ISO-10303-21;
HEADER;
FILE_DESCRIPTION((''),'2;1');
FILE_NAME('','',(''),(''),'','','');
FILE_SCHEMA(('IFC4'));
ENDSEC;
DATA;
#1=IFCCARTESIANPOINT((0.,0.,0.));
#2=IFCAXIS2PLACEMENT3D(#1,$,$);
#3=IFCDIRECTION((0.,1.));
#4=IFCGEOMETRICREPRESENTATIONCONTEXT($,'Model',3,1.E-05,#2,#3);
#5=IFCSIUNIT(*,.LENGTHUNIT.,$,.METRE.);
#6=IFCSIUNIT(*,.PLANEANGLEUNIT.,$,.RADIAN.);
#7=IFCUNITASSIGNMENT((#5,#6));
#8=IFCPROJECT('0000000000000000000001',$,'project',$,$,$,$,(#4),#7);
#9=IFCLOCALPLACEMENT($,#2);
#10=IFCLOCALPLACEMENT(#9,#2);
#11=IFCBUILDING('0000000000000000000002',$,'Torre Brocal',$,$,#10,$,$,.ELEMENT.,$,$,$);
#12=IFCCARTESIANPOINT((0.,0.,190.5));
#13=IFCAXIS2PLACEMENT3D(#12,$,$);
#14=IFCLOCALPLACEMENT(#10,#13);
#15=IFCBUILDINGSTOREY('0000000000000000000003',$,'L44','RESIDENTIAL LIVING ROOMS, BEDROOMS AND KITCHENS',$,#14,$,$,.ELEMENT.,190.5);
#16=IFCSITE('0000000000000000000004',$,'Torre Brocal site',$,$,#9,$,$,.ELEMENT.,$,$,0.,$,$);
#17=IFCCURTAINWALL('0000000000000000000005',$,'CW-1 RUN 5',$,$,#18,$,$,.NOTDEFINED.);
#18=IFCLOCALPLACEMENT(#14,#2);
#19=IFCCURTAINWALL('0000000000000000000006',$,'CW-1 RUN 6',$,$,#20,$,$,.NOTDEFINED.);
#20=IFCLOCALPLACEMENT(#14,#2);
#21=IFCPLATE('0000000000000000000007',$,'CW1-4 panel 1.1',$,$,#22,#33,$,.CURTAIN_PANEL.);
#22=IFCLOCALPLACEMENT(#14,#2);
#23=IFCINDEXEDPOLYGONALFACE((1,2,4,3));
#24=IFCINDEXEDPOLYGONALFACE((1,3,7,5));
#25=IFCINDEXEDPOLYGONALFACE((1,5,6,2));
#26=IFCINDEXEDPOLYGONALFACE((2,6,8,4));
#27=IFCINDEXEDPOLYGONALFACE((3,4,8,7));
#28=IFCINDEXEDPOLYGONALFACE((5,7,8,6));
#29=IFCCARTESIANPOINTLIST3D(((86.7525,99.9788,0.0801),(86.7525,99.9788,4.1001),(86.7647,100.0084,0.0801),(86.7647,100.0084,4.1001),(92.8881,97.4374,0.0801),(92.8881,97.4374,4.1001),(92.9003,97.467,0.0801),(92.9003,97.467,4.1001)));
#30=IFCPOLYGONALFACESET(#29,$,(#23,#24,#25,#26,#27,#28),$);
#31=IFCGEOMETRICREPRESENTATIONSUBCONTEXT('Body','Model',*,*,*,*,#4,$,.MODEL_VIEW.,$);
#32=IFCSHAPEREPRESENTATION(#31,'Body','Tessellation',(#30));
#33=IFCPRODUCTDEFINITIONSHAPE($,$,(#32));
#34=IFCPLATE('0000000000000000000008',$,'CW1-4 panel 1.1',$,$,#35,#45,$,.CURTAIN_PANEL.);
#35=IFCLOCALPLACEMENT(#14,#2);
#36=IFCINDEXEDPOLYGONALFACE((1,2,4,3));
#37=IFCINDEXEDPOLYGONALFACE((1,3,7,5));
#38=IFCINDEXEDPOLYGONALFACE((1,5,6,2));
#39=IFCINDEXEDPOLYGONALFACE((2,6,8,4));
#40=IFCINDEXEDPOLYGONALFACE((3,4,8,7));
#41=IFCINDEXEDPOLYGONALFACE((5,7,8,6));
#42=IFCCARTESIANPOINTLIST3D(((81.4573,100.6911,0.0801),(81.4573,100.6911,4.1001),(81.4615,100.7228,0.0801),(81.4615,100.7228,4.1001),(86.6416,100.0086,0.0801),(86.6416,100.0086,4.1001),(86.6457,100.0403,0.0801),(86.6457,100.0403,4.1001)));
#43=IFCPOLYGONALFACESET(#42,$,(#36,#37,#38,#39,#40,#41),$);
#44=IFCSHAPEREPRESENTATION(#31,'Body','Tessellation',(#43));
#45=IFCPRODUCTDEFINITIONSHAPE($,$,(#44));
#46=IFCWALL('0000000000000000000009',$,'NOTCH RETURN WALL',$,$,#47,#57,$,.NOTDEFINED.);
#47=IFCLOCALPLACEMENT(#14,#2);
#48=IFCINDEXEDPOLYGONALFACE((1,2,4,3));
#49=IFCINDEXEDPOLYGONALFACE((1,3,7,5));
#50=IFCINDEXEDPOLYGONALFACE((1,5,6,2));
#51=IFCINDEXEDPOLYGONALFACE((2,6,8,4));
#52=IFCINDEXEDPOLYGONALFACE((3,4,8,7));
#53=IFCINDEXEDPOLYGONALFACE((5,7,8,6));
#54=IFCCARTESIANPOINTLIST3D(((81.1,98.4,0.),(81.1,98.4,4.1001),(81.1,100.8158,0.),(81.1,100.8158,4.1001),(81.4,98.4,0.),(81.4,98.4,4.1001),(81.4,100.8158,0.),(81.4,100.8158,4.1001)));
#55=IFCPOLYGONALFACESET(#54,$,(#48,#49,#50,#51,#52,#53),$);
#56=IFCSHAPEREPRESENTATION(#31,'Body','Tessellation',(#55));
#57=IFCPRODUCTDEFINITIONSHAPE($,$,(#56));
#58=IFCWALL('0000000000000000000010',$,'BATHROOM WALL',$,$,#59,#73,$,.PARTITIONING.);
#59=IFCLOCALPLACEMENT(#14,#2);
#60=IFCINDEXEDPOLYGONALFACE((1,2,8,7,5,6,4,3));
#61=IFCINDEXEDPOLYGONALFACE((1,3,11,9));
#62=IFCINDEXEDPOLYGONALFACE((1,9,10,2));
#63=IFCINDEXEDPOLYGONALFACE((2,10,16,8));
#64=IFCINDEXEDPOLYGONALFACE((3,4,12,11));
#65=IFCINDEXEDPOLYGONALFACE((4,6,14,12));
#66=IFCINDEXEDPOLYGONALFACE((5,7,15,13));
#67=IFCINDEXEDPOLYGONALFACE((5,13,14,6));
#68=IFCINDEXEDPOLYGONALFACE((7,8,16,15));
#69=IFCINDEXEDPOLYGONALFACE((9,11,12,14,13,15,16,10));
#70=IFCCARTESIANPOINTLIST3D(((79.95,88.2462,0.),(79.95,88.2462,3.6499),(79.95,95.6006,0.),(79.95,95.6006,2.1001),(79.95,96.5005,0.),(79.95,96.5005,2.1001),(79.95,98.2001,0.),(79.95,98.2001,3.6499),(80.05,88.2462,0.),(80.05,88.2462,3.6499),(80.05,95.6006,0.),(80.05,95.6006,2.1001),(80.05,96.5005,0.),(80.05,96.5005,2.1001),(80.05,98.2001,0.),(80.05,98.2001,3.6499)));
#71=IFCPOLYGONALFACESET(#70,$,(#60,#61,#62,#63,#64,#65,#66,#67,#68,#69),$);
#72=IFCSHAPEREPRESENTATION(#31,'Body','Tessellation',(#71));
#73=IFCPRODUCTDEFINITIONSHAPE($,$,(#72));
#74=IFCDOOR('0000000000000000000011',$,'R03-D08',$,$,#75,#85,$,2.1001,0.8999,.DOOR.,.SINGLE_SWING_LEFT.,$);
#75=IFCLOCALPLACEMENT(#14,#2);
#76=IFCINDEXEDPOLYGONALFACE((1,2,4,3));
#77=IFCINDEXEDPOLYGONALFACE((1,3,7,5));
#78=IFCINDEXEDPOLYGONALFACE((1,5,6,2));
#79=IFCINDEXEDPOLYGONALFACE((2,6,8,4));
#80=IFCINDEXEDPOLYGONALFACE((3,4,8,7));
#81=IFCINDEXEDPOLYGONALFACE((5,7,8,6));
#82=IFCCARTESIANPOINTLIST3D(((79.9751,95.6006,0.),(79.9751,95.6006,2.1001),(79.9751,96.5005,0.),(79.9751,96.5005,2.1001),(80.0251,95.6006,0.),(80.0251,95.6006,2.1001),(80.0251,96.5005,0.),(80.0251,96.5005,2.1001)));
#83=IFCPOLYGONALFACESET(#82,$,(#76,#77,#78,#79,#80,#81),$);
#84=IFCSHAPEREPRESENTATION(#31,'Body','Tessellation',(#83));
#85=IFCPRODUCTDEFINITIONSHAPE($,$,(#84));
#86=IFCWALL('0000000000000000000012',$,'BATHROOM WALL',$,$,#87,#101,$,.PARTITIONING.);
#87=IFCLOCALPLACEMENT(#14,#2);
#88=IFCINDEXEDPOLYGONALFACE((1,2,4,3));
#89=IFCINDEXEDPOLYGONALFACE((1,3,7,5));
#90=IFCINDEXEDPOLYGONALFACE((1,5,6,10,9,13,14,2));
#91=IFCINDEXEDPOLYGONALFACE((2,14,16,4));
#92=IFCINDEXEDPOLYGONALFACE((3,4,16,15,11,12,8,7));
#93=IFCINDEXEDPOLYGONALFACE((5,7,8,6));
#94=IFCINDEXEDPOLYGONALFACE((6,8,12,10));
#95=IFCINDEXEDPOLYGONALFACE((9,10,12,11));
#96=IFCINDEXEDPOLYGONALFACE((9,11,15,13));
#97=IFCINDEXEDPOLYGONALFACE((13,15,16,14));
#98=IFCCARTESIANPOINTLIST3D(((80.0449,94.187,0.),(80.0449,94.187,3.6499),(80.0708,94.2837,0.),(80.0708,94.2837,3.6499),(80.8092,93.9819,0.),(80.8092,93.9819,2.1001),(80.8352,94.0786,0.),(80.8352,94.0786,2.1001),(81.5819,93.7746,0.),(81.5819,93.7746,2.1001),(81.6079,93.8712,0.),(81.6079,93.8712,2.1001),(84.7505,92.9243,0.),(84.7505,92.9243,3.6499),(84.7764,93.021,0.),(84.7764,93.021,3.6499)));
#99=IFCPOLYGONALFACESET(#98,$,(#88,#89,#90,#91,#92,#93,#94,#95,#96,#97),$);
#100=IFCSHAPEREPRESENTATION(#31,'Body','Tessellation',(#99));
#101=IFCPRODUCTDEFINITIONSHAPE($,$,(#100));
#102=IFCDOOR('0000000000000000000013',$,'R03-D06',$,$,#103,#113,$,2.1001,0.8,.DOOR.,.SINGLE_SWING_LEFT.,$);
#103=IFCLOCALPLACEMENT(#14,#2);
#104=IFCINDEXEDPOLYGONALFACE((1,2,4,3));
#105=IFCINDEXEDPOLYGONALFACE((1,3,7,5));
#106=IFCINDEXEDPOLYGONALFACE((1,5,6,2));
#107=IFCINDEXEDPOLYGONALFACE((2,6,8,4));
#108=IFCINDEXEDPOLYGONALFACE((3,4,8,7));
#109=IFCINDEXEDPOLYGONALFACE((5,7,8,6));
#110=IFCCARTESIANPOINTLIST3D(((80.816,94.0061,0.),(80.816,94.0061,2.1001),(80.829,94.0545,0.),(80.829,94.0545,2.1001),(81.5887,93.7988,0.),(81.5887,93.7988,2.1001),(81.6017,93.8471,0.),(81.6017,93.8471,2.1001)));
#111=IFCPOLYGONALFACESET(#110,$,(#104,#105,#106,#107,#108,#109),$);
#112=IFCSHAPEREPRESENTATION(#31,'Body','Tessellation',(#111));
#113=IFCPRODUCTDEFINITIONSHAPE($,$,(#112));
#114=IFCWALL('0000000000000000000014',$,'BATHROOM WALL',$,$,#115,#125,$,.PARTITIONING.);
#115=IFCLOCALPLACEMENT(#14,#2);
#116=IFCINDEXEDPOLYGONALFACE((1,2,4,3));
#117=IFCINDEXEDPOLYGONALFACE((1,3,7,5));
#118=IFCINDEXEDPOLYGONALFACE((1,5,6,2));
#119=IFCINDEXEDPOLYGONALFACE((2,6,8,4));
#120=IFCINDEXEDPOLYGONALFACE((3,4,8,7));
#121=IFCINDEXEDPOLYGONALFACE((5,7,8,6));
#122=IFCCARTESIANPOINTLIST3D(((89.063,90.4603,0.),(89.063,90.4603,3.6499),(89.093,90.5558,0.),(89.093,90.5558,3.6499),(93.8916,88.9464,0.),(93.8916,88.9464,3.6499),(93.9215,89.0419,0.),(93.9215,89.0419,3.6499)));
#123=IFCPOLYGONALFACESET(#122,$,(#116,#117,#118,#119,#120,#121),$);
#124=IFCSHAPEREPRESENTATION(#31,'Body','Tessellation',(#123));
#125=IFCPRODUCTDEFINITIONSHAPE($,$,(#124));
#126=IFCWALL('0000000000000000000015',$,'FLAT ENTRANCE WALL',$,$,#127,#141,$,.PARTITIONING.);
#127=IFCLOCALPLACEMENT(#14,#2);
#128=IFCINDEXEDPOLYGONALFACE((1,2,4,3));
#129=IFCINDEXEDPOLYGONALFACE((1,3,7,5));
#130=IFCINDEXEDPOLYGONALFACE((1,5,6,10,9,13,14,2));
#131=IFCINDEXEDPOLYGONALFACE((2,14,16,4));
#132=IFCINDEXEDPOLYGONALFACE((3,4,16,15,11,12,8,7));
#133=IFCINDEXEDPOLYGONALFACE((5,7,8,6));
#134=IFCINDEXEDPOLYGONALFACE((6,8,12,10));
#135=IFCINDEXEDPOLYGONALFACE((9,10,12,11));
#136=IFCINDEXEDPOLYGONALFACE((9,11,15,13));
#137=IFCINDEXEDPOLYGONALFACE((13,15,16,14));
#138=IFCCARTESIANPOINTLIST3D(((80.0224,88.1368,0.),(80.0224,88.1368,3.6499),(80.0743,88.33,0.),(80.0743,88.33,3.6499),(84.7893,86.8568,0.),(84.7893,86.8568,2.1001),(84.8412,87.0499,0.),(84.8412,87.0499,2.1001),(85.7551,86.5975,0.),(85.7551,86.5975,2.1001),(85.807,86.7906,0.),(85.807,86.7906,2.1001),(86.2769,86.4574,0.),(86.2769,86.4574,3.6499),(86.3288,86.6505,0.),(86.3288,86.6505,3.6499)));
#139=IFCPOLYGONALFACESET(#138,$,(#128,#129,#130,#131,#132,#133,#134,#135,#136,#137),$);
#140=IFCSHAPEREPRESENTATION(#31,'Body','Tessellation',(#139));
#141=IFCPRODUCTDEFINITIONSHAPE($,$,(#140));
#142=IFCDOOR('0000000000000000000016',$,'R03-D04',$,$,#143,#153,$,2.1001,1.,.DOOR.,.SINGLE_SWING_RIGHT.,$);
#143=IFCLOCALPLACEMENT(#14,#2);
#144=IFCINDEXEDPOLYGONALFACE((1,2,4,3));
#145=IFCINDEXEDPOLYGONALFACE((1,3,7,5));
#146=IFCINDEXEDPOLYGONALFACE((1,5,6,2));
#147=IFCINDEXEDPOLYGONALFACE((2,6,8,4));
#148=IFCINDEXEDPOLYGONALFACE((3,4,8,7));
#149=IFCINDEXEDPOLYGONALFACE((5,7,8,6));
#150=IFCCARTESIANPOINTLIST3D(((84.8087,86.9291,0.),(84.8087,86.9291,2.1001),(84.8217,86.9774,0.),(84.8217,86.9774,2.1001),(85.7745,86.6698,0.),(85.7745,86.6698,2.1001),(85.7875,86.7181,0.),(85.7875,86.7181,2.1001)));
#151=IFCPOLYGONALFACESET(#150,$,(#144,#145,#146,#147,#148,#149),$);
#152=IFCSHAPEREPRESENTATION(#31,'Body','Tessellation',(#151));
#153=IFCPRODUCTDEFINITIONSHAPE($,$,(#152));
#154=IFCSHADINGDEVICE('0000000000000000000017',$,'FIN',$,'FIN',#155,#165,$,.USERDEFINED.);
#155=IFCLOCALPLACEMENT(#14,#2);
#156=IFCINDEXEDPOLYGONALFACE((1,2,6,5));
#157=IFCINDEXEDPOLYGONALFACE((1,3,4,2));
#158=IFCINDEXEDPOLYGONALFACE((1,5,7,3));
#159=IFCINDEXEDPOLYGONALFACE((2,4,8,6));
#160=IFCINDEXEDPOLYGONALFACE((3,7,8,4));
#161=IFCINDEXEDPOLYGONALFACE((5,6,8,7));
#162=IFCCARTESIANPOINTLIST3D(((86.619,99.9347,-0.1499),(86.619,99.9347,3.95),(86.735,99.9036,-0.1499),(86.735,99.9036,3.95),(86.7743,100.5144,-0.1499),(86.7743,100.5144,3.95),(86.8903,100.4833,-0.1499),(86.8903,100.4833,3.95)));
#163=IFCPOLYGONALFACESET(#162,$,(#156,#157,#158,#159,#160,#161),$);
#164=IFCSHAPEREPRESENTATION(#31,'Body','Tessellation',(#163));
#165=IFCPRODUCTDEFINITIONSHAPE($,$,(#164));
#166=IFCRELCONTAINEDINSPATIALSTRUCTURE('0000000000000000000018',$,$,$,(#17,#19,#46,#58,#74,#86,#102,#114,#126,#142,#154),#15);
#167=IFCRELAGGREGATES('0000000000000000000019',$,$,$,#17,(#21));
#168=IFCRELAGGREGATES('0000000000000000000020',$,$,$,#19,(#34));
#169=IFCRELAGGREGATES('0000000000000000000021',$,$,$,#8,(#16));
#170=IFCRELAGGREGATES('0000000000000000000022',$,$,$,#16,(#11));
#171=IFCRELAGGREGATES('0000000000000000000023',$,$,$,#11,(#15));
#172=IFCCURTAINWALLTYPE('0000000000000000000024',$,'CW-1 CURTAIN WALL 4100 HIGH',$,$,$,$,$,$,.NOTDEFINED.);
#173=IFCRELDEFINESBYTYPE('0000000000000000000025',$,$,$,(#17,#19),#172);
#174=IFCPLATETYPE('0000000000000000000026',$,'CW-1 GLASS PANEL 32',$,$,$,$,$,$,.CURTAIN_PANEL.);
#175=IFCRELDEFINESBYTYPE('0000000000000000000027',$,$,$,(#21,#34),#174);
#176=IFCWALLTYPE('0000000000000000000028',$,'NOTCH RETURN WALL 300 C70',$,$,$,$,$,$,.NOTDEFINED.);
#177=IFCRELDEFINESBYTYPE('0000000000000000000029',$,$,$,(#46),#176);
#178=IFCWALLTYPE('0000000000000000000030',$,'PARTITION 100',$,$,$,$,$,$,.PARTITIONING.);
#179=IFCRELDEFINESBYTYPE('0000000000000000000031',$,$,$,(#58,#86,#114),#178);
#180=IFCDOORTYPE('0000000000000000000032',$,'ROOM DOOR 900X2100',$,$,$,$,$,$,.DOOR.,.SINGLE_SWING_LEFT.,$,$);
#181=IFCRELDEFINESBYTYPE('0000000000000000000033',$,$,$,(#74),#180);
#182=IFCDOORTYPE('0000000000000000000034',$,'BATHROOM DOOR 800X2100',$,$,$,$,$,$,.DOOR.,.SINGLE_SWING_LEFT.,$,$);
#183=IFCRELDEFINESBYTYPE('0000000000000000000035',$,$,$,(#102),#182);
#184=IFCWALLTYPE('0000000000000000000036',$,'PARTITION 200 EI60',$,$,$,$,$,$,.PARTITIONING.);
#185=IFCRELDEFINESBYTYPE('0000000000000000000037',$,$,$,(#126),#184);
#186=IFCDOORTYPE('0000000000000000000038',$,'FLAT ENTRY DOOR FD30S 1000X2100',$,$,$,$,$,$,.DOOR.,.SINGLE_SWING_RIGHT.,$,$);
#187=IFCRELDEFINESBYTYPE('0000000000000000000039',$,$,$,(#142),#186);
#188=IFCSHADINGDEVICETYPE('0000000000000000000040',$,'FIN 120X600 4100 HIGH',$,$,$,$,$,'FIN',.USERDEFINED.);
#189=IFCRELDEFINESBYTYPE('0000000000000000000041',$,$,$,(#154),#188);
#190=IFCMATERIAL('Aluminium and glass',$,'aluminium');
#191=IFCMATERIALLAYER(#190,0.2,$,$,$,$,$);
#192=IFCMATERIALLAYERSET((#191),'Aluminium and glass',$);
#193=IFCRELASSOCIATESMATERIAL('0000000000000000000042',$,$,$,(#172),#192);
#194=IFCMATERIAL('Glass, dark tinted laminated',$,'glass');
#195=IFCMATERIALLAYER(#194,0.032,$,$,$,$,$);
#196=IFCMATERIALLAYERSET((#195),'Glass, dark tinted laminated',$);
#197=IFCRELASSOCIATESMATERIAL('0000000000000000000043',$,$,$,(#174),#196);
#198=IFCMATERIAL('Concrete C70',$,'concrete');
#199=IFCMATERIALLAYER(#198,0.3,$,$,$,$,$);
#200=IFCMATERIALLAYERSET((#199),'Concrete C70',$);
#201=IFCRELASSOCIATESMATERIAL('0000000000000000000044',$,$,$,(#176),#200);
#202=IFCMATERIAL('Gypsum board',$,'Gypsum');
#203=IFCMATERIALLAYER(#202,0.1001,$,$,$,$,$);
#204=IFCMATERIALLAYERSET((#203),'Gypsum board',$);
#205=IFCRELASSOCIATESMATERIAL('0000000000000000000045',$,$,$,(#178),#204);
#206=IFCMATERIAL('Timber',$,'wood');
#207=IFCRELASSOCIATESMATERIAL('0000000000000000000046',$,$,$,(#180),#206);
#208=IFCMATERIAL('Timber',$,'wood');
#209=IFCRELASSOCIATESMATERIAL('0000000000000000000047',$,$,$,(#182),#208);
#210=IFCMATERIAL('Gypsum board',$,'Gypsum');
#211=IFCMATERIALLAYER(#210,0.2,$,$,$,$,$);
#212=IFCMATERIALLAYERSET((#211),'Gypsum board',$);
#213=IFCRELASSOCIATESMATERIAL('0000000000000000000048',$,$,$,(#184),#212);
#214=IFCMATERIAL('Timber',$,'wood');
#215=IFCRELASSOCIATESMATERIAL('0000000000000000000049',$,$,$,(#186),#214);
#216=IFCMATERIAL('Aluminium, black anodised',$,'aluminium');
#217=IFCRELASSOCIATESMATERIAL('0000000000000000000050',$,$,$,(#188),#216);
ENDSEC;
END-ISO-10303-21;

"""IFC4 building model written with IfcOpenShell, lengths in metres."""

from ifc_helpers import new_model, si_unit, direction, frame, frame_2d, origin, origin_2d, place, context, subcontext, project, spatial, rectangle, extrude, material, layer, layer_set, material_profile, profile_set, type_object, element, fill, aggregate, save


model = new_model("IFC4")

# Units and contexts
model_context = context("Model", 3, precision=1e-05, world=origin(), true_north=direction((0.0, 1.0)))
body_context = subcontext(model_context, "Body", "Model", "MODEL_VIEW")
ifc_project = project(units=[si_unit("LENGTHUNIT", "METRE"), si_unit("PLANEANGLEUNIT", "RADIAN")], contexts=[model_context])

# Site, building, storey
site_placement = place(None, origin())
site = spatial("IfcSite", under=ifc_project, at=site_placement, Name="Torre Brocal site", CompositionType="ELEMENT", RefElevation=0.0)
building_placement = place(site_placement, origin())
building = spatial("IfcBuilding", under=site, at=building_placement, Name="Torre Brocal", CompositionType="ELEMENT")
storey_placement = place(building_placement, frame((0.0, 0.0, 190.5)))
storey = spatial("IfcBuildingStorey", under=building, at=storey_placement, Name="L44", Description="RESIDENTIAL LIVING ROOMS, BEDROOMS AND KITCHENS", CompositionType="ELEMENT", Elevation=190.5)

# Curtain wall
ifc_material_1 = material(Name="Aluminium and glass", Category="aluminium")
ifc_layer_1 = layer(ifc_material_1, 0.2)
ifc_layer_set_1 = layer_set([ifc_layer_1], Name="Aluminium and glass")
curtain_wall_type = type_object("IfcCurtainWallType", Name="CW-1 CURTAIN WALL 4100 HIGH", PredefinedType="NOTDEFINED", material=ifc_layer_set_1)
curtain_wall_1_placement = place(storey_placement, origin())
curtain_wall_1 = element("IfcCurtainWall", 1, at=curtain_wall_1_placement, inside=storey, type_object=curtain_wall_type, Name="CW-1 RUN 5", PredefinedType="NOTDEFINED")

# Curtain wall
curtain_wall_2_placement = place(storey_placement, origin())
curtain_wall_2 = element("IfcCurtainWall", 2, at=curtain_wall_2_placement, inside=storey, type_object=curtain_wall_type, Name="CW-1 RUN 6", PredefinedType="NOTDEFINED")

# Plates
ifc_material_2 = material(Name="Glass, dark tinted laminated", Category="glass")
ifc_layer_2 = layer(ifc_material_2, 0.032)
ifc_layer_set_2 = layer_set([ifc_layer_2], Name="Glass, dark tinted laminated")
plate_type = type_object("IfcPlateType", Name="CW-1 GLASS PANEL 32", PredefinedType="CURTAIN_PANEL", material=ifc_layer_set_2)
plate_1_placement = place(storey_placement, frame((89.8264, 98.7229, 0.0801), z_axis=(0.0, 0.0, 1.0), x_axis=(-0.92388, 0.382683, 0.0)))
plate_1 = element("IfcPlate", 3, at=plate_1_placement, type_object=plate_type, Name="CW1-4 panel 1.1", PredefinedType="CURTAIN_PANEL", context=body_context, shape_type="SweptSolid", body=[
    extrude(rectangle(XDim=6.6411, YDim=0.032, at=origin_2d()), origin(), (0.0, 0.0, 1.0), 4.02),
])
aggregate(curtain_wall_1, [plate_1])
plate_2_placement = place(storey_placement, frame((84.0515, 100.3657, 0.0801), z_axis=(0.0, 0.0, 1.0), x_axis=(-0.991445, 0.130526, 0.0)))
plate_2 = element("IfcPlate", 4, at=plate_2_placement, type_object=plate_type, Name="CW1-4 panel 1.1", PredefinedType="CURTAIN_PANEL", context=body_context, shape_type="SweptSolid", body=[
    extrude(rectangle(XDim=5.229, YDim=0.032, at=origin_2d()), origin(), (0.0, 0.0, 1.0), 4.02),
])
aggregate(curtain_wall_2, [plate_2])

# Wall
ifc_material_3 = material(Name="Concrete C70", Category="concrete")
ifc_layer_3 = layer(ifc_material_3, 0.3)
ifc_layer_set_3 = layer_set([ifc_layer_3], Name="Concrete C70")
wall_type_1 = type_object("IfcWallType", Name="NOTCH RETURN WALL 300 C70", PredefinedType="NOTDEFINED", material=ifc_layer_set_3)
wall_1_placement = place(storey_placement, frame((81.25, 98.3999, 0.0), z_axis=(0.0, 0.0, 1.0), x_axis=(0.0, 1.0, 0.0)))
element("IfcWall", 5, at=wall_1_placement, inside=storey, type_object=wall_type_1, Name="NOTCH RETURN WALL", PredefinedType="NOTDEFINED", context=body_context, shape_type="SweptSolid", body=[
    extrude(rectangle(XDim=2.4158, YDim=0.3, at=frame_2d((1.208, 0.0))), origin(), (0.0, 0.0, 1.0), 4.1001),
])

# Walls, openings, doors
ifc_material_4 = material(Name="Gypsum board", Category="Gypsum")
ifc_layer_4 = layer(ifc_material_4, 0.1001)
ifc_layer_set_4 = layer_set([ifc_layer_4], Name="Gypsum board")
wall_type_2 = type_object("IfcWallType", Name="PARTITION 100", PredefinedType="PARTITIONING", material=ifc_layer_set_4)
wall_2_placement = place(storey_placement, frame((80.0, 88.2461, 0.0), z_axis=(0.0, 0.0, 1.0), x_axis=(0.0, 1.0, 0.0)))
wall_2 = element("IfcWall", 6, at=wall_2_placement, inside=storey, type_object=wall_type_2, Name="BATHROOM WALL", PredefinedType="PARTITIONING", context=body_context, shape_type="SweptSolid", body=[
    extrude(rectangle(XDim=9.9539, YDim=0.1001, at=frame_2d((4.9771, 0.0))), origin(), (0.0, 0.0, 1.0), 3.6499),
])
opening_1_placement = place(wall_2_placement, frame((7.3545, 0.0, 0.0)))
opening_1 = element("IfcOpeningElement", 7, at=opening_1_placement, cuts=wall_2, PredefinedType="OPENING", context=body_context, shape_type="SweptSolid", body=[
    extrude(rectangle(XDim=0.8999, YDim=2.1001, at=frame_2d((0.45, 1.05))), frame((0.0, 0.0601, 0.0), z_axis=(0.0, -1.0, 0.0), x_axis=(1.0, 0.0, 0.0)), (0.0, 0.0, 1.0), 0.1201),
])
ifc_material_5 = material(Name="Timber", Category="wood")
door_type_1 = type_object("IfcDoorType", Name="ROOM DOOR 900X2100", OperationType="SINGLE_SWING_LEFT", PredefinedType="DOOR", material=ifc_material_5)
door_1_placement = place(opening_1_placement, origin())
door_1 = element("IfcDoor", 8, at=door_1_placement, inside=storey, type_object=door_type_1, Name="R03-D08", OperationType="SINGLE_SWING_LEFT", OverallHeight=2.1001, OverallWidth=0.8999, PredefinedType="DOOR", context=body_context, shape_type="SweptSolid", body=[
    extrude(rectangle(XDim=0.8999, YDim=2.1001, at=frame_2d((0.45, 1.05))), frame((0.0, 0.0249, 0.0), z_axis=(0.0, -1.0, 0.0), x_axis=(1.0, 0.0, 0.0)), (0.0, 0.0, 1.0), 0.05),
])
fill(opening_1, door_1)
wall_3_placement = place(storey_placement, frame((80.0579, 94.2354, 0.0), z_axis=(0.0, 0.0, 1.0), x_axis=(0.965831, -0.259172, 0.0)))
wall_3 = element("IfcWall", 9, at=wall_3_placement, inside=storey, type_object=wall_type_2, Name="BATHROOM WALL", PredefinedType="PARTITIONING", context=body_context, shape_type="SweptSolid", body=[
    extrude(rectangle(XDim=4.8721, YDim=0.1001, at=frame_2d((2.436, 0.0))), origin(), (0.0, 0.0, 1.0), 3.6499),
])
opening_2_placement = place(wall_3_placement, frame((0.7915, 0.0, 0.0)))
opening_2 = element("IfcOpeningElement", 10, at=opening_2_placement, cuts=wall_3, PredefinedType="OPENING", context=body_context, shape_type="SweptSolid", body=[
    extrude(rectangle(XDim=0.8, YDim=2.1001, at=frame_2d((0.3999, 1.05))), frame((0.0, 0.0601, 0.0), z_axis=(0.0, -1.0, 0.0), x_axis=(1.0, 0.0, 0.0)), (0.0, 0.0, 1.0), 0.1201),
])
ifc_material_6 = material(Name="Timber", Category="wood")
door_type_2 = type_object("IfcDoorType", Name="BATHROOM DOOR 800X2100", OperationType="SINGLE_SWING_LEFT", PredefinedType="DOOR", material=ifc_material_6)
door_2_placement = place(opening_2_placement, frame((0.8, 0.0, 0.0), z_axis=(0.0, 0.0, 1.0), x_axis=(-1.0, 0.0, 0.0)))
door_2 = element("IfcDoor", 11, at=door_2_placement, inside=storey, type_object=door_type_2, Name="R03-D06", OperationType="SINGLE_SWING_LEFT", OverallHeight=2.1001, OverallWidth=0.8, PredefinedType="DOOR", context=body_context, shape_type="SweptSolid", body=[
    extrude(rectangle(XDim=0.8, YDim=2.1001, at=frame_2d((0.3999, 1.05))), frame((0.0, 0.0249, 0.0), z_axis=(0.0, -1.0, 0.0), x_axis=(1.0, 0.0, 0.0)), (0.0, 0.0, 1.0), 0.05),
])
fill(opening_2, door_2)

# Wall
wall_4_placement = place(storey_placement, frame((89.0779, 90.5081, 0.0), z_axis=(0.0, 0.0, 1.0), x_axis=(0.9542, -0.29917, 0.0)))
element("IfcWall", 12, at=wall_4_placement, inside=storey, type_object=wall_type_2, Name="BATHROOM WALL", PredefinedType="PARTITIONING", context=body_context, shape_type="SweptSolid", body=[
    extrude(rectangle(XDim=5.0603, YDim=0.1001, at=frame_2d((2.5303, 0.0))), origin(), (0.0, 0.0, 1.0), 3.6499),
])

# Wall, opening, door
ifc_material_7 = material(Name="Gypsum board", Category="Gypsum")
ifc_layer_5 = layer(ifc_material_7, 0.2)
ifc_layer_set_5 = layer_set([ifc_layer_5], Name="Gypsum board")
wall_type_3 = type_object("IfcWallType", Name="PARTITION 200 EI60", PredefinedType="PARTITIONING", material=ifc_layer_set_5)
wall_5_placement = place(storey_placement, frame((80.0483, 88.2334, 0.0), z_axis=(0.0, 0.0, 1.0), x_axis=(0.965787, -0.259335, 0.0)))
wall_5 = element("IfcWall", 13, at=wall_5_placement, inside=storey, type_object=wall_type_3, Name="FLAT ENTRANCE WALL", PredefinedType="PARTITIONING", context=body_context, shape_type="SweptSolid", body=[
    extrude(rectangle(XDim=6.4761, YDim=0.2, at=frame_2d((3.238, 0.0))), origin(), (0.0, 0.0, 1.0), 3.6499),
])
opening_3_placement = place(wall_5_placement, frame((4.9358, 0.0, 0.0)))
opening_3 = element("IfcOpeningElement", 14, at=opening_3_placement, cuts=wall_5, PredefinedType="OPENING", context=body_context, shape_type="SweptSolid", body=[
    extrude(rectangle(XDim=1.0, YDim=2.1001, at=frame_2d((0.5, 1.05))), frame((0.0, 0.1099, 0.0), z_axis=(0.0, -1.0, 0.0), x_axis=(1.0, 0.0, 0.0)), (0.0, 0.0, 1.0), 0.22),
])
ifc_material_8 = material(Name="Timber", Category="wood")
door_type_3 = type_object("IfcDoorType", Name="FLAT ENTRY DOOR FD30S 1000X2100", OperationType="SINGLE_SWING_RIGHT", PredefinedType="DOOR", material=ifc_material_8)
door_3_placement = place(opening_3_placement, origin())
door_3 = element("IfcDoor", 15, at=door_3_placement, inside=storey, type_object=door_type_3, Name="R03-D04", OperationType="SINGLE_SWING_RIGHT", OverallHeight=2.1001, OverallWidth=1.0, PredefinedType="DOOR", context=body_context, shape_type="SweptSolid", body=[
    extrude(rectangle(XDim=1.0, YDim=2.1001, at=frame_2d((0.5, 1.05))), frame((0.0, 0.0249, 0.0), z_axis=(0.0, -1.0, 0.0), x_axis=(1.0, 0.0, 0.0)), (0.0, 0.0, 1.0), 0.05),
])
fill(opening_3, door_3)

# Shading device
ifc_material_9 = material(Name="Aluminium, black anodised", Category="aluminium")
ifc_material_profile_1 = material_profile(ifc_material_9, rectangle(XDim=0.1201, YDim=0.6001, at=origin_2d()), Name="FIN 120X600 4100 HIGH")
ifc_profile_set_1 = profile_set([ifc_material_profile_1], Name="Aluminium, black anodised")
shading_device_type = type_object("IfcShadingDeviceType", Name="FIN 120X600 4100 HIGH", ElementType="FIN", PredefinedType="USERDEFINED", material=ifc_profile_set_1)
shading_device_placement = place(storey_placement, frame((86.7546, 100.209, -0.1499), z_axis=(0.0, 0.0, 1.0), x_axis=(-0.965926, 0.258819, 0.0)))
element("IfcShadingDevice", 16, at=shading_device_placement, inside=storey, type_object=shading_device_type, Name="FIN", ObjectType="FIN", PredefinedType="USERDEFINED", context=body_context, shape_type="SweptSolid", body=[
    extrude(rectangle(XDim=0.1201, YDim=0.6001, at=origin_2d()), origin(), (0.0, 0.0, 1.0), 4.0999),
])

save(model, "model.ifc")
